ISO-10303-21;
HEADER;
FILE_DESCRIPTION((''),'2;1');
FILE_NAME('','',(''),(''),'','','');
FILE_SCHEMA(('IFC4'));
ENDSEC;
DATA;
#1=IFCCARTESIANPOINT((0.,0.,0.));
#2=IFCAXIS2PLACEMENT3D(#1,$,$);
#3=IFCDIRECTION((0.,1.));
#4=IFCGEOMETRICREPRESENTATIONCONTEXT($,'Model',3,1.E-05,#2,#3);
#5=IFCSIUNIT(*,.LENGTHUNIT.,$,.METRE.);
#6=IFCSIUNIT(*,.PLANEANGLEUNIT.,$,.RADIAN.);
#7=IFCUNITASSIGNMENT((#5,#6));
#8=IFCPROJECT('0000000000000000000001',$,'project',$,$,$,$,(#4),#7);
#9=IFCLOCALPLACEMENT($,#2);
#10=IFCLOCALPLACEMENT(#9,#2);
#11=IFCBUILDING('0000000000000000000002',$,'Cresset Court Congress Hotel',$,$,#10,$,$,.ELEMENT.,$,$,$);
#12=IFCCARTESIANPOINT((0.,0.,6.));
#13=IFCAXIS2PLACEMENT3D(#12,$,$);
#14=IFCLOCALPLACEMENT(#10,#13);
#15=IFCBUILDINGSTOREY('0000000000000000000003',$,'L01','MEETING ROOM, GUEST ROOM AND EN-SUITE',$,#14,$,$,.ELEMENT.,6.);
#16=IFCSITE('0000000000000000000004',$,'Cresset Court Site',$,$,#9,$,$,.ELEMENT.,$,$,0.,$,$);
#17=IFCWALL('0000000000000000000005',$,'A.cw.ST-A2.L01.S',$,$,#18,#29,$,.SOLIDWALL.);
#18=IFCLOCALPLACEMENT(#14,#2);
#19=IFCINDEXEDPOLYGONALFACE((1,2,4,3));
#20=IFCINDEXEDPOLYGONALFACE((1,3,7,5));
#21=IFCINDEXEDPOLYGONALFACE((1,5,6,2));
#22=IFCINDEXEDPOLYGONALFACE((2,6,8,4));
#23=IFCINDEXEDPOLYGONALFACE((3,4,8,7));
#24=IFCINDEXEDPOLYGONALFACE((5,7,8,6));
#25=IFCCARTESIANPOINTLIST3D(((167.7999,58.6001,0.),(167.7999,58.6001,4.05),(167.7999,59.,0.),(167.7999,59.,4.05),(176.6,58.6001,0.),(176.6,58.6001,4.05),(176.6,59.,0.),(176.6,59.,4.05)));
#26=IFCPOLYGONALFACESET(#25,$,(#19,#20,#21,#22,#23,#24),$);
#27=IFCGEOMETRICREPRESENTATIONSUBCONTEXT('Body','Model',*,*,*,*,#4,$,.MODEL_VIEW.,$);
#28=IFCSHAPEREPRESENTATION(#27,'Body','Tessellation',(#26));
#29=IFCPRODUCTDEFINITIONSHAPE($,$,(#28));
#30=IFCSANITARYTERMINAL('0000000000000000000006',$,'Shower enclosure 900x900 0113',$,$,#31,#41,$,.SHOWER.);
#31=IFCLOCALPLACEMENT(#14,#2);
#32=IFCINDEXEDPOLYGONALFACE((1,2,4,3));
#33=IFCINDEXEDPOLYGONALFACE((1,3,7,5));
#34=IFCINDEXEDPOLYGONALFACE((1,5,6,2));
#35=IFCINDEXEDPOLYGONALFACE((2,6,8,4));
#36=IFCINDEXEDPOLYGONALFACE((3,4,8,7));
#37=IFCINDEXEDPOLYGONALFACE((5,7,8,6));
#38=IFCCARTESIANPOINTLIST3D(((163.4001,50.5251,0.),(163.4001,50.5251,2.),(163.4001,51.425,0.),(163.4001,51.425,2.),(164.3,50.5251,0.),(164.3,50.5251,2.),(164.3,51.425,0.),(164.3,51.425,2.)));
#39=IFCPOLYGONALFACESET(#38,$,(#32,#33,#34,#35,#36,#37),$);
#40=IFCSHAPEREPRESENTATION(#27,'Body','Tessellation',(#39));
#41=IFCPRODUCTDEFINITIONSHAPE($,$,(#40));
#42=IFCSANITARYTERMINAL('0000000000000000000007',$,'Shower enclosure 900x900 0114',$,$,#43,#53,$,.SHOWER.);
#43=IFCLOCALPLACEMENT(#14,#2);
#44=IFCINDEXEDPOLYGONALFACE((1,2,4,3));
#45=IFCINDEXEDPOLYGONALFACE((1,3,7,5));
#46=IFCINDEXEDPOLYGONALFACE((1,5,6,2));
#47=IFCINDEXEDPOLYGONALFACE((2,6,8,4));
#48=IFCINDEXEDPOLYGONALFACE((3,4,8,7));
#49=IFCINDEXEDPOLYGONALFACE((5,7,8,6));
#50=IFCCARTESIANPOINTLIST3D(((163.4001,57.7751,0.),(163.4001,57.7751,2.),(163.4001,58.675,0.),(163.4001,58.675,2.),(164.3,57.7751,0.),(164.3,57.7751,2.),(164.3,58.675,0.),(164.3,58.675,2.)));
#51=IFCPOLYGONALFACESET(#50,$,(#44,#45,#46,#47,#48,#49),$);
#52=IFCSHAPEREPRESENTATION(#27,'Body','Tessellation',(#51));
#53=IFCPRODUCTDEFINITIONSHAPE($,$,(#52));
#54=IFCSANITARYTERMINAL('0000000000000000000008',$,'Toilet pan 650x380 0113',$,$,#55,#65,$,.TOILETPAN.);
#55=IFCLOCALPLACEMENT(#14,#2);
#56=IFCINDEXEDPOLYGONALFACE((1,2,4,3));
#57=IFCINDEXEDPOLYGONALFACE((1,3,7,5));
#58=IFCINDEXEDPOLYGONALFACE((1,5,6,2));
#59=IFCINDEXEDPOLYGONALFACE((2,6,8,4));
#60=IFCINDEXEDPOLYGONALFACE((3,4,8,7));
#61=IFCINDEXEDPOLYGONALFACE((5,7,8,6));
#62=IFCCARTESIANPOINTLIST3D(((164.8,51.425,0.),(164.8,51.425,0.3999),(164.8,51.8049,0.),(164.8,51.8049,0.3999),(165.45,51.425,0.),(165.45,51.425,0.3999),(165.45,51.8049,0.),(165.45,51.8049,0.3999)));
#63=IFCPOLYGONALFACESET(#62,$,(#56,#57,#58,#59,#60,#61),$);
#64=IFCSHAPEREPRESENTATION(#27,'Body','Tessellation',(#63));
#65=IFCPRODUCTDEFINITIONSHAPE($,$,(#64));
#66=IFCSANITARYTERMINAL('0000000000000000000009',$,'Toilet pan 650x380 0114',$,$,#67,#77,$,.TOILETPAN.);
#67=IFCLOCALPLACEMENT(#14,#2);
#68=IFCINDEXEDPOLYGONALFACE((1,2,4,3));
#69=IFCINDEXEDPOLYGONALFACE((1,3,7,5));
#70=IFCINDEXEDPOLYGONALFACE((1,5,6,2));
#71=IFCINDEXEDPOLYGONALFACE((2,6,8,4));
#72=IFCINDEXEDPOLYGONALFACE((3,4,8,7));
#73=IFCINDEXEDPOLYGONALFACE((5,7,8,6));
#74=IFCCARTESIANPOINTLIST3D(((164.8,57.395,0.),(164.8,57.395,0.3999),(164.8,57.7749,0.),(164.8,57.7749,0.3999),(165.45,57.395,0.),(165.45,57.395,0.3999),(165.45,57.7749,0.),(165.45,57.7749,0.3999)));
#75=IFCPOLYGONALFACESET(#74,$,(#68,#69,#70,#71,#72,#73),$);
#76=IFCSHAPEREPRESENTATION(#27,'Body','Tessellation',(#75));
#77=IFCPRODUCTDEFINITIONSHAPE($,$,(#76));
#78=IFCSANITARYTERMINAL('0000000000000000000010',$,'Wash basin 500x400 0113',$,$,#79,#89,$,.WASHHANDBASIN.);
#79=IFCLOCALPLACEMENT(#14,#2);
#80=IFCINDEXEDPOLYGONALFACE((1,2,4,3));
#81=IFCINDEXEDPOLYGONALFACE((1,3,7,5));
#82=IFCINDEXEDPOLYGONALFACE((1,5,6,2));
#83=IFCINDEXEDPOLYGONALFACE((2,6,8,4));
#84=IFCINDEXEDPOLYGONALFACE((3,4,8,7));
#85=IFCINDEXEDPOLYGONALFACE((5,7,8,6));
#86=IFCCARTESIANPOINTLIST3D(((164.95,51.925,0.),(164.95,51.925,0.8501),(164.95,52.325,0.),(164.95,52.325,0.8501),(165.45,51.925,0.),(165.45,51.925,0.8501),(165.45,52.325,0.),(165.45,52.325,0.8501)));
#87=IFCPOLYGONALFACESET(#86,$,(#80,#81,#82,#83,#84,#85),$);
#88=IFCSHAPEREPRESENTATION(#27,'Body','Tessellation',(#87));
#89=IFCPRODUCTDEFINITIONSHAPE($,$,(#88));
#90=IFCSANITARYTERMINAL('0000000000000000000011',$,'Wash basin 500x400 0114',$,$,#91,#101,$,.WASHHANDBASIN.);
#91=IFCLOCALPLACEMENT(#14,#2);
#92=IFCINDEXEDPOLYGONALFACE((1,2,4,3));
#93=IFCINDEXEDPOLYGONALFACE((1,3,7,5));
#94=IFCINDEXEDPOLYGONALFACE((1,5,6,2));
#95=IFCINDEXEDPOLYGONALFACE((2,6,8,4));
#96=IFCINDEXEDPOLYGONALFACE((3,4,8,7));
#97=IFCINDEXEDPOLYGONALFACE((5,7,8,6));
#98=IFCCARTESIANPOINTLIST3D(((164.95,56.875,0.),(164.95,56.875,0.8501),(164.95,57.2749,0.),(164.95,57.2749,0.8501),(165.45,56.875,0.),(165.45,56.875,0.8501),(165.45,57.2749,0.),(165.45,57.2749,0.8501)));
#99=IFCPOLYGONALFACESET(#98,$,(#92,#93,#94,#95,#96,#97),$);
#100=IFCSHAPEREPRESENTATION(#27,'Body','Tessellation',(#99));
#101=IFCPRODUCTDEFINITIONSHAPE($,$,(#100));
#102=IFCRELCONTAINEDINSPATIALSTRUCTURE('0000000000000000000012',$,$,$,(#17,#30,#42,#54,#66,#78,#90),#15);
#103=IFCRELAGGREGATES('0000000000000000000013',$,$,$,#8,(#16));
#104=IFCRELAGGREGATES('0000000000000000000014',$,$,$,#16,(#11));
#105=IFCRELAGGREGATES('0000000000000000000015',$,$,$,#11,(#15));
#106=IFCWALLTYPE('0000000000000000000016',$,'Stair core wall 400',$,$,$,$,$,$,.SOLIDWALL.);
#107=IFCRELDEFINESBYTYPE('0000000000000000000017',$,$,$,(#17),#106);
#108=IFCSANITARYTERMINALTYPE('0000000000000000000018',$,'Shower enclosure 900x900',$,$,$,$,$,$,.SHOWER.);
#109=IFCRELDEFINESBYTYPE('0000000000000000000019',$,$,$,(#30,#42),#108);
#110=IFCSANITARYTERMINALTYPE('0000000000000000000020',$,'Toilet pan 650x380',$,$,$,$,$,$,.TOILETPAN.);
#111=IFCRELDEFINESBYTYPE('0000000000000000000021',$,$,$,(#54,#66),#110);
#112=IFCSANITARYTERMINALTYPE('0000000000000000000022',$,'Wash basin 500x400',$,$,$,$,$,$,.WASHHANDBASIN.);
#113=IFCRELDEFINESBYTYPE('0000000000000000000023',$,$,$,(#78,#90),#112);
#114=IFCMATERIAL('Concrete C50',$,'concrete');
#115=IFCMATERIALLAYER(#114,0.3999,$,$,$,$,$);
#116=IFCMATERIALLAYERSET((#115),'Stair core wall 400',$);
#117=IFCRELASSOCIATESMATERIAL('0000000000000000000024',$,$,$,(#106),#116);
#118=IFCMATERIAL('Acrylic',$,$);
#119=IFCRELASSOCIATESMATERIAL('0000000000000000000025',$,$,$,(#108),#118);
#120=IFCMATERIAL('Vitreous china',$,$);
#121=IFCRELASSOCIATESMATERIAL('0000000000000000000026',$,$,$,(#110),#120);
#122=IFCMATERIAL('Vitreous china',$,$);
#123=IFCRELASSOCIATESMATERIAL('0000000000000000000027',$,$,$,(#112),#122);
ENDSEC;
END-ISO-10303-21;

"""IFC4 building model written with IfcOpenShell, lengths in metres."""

from ifc_helpers import new_model, si_unit, direction, frame, frame_2d, origin, origin_2d, place, context, subcontext, project, spatial, rectangle, extrude, material, layer, layer_set, type_object, element, save


model = new_model("IFC4")

# Units and contexts
model_context = context("Model", 3, precision=1e-05, world=origin(), true_north=direction((0.0, 1.0)))
body_context = subcontext(model_context, "Body", "Model", "MODEL_VIEW")
ifc_project = project(units=[si_unit("LENGTHUNIT", "METRE"), si_unit("PLANEANGLEUNIT", "RADIAN")], contexts=[model_context])

# Site, building, storey
site_placement = place(None, origin())
site = spatial("IfcSite", under=ifc_project, at=site_placement, Name="Cresset Court Site", CompositionType="ELEMENT", RefElevation=0.0)
building_placement = place(site_placement, origin())
building = spatial("IfcBuilding", under=site, at=building_placement, Name="Cresset Court Congress Hotel", CompositionType="ELEMENT")
storey_placement = place(building_placement, frame((0.0, 0.0, 6.0)))
storey = spatial("IfcBuildingStorey", under=building, at=storey_placement, Name="L01", Description="MEETING ROOM, GUEST ROOM AND EN-SUITE", CompositionType="ELEMENT", Elevation=6.0)

# Wall
ifc_material_1 = material(Name="Concrete C50", Category="concrete")
ifc_layer_1 = layer(ifc_material_1, 0.3999)
ifc_layer_set_1 = layer_set([ifc_layer_1], Name="Stair core wall 400")
wall_type_1 = type_object("IfcWallType", Name="Stair core wall 400", PredefinedType="SOLIDWALL", material=ifc_layer_set_1)
wall_1_placement = place(storey_placement, frame((167.8, 58.8, 0.0), z_axis=(0.0, 0.0, 1.0), x_axis=(1.0, 0.0, 0.0)))
element("IfcWall", 1, at=wall_1_placement, inside=storey, type_object=wall_type_1, Name="A.cw.ST-A2.L01.S", PredefinedType="SOLIDWALL", context=body_context, shape_type="SweptSolid", body=[
    extrude(rectangle(XDim=8.8, YDim=0.3999, at=frame_2d((4.3999, 0.0))), origin(), (0.0, 0.0, 1.0), 4.05),
])

# Sanitary terminals
ifc_material_2 = material(Name="Acrylic")
sanitary_terminal_type_1 = type_object("IfcSanitaryTerminalType", Name="Shower enclosure 900x900", PredefinedType="SHOWER", material=ifc_material_2)
for number, where, z_axis, x_axis, name in (
    (2, (163.8501, 50.9751, 0.0), (0.0, 0.0, 1.0), (1.0, 0.0, 0.0), "Shower enclosure 900x900 0113"),
    (3, (163.8501, 58.2251, 0.0), (0.0, 0.0, 1.0), (1.0, 0.0, 0.0), "Shower enclosure 900x900 0114"),
):
    element("IfcSanitaryTerminal", number, at=place(storey_placement, frame(where, z_axis=z_axis, x_axis=x_axis)), inside=storey, type_object=sanitary_terminal_type_1, Name=name, PredefinedType="SHOWER", context=body_context, shape_type="SweptSolid", body=[
        extrude(rectangle(XDim=0.8999, YDim=0.8999, at=origin_2d()), origin(), (0.0, 0.0, 1.0), 2.0),
    ])
ifc_material_3 = material(Name="Vitreous china")
sanitary_terminal_type_2 = type_object("IfcSanitaryTerminalType", Name="Toilet pan 650x380", PredefinedType="TOILETPAN", material=ifc_material_3)
for number, where, z_axis, x_axis, name in (
    (4, (165.125, 51.615, 0.0), (0.0, 0.0, 1.0), (1.0, 0.0, 0.0), "Toilet pan 650x380 0113"),
    (5, (165.125, 57.585, 0.0), (0.0, 0.0, 1.0), (1.0, 0.0, 0.0), "Toilet pan 650x380 0114"),
):
    element("IfcSanitaryTerminal", number, at=place(storey_placement, frame(where, z_axis=z_axis, x_axis=x_axis)), inside=storey, type_object=sanitary_terminal_type_2, Name=name, PredefinedType="TOILETPAN", context=body_context, shape_type="SweptSolid", body=[
        extrude(rectangle(XDim=0.6499, YDim=0.3799, at=origin_2d()), origin(), (0.0, 0.0, 1.0), 0.3999),
    ])
ifc_material_4 = material(Name="Vitreous china")
sanitary_terminal_type_3 = type_object("IfcSanitaryTerminalType", Name="Wash basin 500x400", PredefinedType="WASHHANDBASIN", material=ifc_material_4)
for number, where, z_axis, x_axis, name in (
    (6, (165.2, 52.125, 0.0), (0.0, 0.0, 1.0), (1.0, 0.0, 0.0), "Wash basin 500x400 0113"),
    (7, (165.2, 57.075, 0.0), (0.0, 0.0, 1.0), (1.0, 0.0, 0.0), "Wash basin 500x400 0114"),
):
    element("IfcSanitaryTerminal", number, at=place(storey_placement, frame(where, z_axis=z_axis, x_axis=x_axis)), inside=storey, type_object=sanitary_terminal_type_3, Name=name, PredefinedType="WASHHANDBASIN", context=body_context, shape_type="SweptSolid", body=[
        extrude(rectangle(XDim=0.5, YDim=0.3999, at=origin_2d()), origin(), (0.0, 0.0, 1.0), 0.8501),
    ])

save(model, "model.ifc")
